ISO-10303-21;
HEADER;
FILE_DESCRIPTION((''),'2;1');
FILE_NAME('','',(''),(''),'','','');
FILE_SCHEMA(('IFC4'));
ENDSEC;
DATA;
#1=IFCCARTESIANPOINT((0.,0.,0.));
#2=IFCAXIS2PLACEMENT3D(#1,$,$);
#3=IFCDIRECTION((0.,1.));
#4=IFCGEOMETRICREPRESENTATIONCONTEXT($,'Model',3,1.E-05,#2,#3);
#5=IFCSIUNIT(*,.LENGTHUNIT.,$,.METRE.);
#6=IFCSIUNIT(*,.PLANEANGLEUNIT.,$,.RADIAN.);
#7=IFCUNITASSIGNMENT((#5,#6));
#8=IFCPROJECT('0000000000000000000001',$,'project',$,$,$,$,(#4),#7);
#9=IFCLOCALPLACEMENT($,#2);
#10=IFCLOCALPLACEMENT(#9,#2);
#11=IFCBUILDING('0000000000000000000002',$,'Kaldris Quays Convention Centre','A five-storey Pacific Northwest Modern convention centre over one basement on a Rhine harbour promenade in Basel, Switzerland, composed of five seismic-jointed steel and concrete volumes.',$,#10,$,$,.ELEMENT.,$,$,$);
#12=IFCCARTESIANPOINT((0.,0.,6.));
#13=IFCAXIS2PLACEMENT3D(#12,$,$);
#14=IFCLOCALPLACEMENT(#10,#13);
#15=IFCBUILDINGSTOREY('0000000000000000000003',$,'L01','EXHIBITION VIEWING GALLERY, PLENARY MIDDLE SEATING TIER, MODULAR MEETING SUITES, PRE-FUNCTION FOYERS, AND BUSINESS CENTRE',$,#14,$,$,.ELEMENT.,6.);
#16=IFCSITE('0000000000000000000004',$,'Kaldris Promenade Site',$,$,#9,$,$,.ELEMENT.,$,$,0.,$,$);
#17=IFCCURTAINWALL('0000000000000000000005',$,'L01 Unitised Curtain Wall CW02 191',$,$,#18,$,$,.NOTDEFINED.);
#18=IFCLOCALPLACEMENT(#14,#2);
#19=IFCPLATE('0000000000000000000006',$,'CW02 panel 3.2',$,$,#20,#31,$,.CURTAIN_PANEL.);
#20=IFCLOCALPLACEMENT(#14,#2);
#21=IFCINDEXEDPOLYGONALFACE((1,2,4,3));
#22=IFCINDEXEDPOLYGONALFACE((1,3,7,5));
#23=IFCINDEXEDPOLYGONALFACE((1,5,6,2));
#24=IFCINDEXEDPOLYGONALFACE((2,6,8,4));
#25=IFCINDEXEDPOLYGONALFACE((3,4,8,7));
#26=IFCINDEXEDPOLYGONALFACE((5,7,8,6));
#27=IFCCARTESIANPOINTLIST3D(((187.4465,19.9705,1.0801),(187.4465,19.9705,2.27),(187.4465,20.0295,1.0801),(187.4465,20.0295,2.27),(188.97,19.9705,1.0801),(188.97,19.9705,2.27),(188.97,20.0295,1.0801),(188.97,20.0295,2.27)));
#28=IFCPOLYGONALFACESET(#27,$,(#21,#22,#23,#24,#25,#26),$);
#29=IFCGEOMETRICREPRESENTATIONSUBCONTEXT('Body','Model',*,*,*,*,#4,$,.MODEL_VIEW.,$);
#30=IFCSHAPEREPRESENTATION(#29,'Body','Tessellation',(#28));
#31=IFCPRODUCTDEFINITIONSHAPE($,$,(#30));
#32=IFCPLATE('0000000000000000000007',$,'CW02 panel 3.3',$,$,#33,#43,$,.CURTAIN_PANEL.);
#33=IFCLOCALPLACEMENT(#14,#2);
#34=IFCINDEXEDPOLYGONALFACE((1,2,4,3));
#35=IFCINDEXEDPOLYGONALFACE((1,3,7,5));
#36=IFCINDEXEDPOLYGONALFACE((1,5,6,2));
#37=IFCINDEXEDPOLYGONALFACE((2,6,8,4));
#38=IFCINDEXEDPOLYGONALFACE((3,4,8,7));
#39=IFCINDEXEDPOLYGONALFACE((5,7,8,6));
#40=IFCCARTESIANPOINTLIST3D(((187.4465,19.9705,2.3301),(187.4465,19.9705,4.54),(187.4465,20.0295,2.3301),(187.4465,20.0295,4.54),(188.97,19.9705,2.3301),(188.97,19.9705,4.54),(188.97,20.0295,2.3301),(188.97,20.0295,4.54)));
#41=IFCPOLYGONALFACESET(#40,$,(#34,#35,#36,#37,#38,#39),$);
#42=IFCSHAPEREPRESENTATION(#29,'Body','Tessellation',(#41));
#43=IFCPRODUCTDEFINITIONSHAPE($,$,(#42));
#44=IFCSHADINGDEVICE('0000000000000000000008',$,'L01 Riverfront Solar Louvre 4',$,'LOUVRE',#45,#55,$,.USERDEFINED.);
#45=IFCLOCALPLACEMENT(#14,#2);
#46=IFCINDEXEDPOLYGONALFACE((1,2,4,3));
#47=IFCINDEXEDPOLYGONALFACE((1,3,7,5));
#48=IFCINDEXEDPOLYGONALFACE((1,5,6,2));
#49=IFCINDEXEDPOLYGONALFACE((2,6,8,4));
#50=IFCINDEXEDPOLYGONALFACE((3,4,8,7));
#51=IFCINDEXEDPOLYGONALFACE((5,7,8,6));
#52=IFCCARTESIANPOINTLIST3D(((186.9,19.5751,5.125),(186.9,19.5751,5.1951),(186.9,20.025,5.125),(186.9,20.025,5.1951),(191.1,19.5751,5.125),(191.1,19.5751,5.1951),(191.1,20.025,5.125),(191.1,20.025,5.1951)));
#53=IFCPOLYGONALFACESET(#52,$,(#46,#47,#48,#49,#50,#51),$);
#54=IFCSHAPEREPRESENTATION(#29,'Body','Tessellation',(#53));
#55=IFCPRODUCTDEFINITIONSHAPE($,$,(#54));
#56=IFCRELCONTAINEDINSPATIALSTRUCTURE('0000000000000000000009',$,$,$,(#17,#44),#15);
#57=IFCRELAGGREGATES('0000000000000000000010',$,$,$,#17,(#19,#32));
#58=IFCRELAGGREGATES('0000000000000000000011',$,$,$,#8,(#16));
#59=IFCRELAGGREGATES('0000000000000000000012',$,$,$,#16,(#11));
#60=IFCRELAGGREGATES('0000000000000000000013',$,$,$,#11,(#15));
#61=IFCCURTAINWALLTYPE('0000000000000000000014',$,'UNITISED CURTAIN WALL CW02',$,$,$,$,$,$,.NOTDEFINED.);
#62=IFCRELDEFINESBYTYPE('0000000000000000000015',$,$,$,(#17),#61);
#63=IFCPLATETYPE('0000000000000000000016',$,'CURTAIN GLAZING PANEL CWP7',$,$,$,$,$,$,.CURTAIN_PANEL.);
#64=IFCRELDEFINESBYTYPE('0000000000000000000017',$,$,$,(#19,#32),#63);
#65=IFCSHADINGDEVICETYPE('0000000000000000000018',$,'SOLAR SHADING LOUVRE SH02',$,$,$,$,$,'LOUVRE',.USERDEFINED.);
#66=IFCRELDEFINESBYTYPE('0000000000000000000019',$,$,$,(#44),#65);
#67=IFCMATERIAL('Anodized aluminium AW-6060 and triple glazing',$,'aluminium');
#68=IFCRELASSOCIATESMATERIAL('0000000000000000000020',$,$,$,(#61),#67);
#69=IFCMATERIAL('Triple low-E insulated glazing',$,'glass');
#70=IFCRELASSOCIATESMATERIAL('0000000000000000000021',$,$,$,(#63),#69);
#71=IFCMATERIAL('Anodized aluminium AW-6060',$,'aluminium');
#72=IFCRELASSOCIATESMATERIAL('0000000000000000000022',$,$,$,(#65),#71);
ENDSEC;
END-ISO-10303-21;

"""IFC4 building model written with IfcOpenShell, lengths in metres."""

from ifc_helpers import new_model, si_unit, direction, frame, origin, origin_2d, place, context, subcontext, project, spatial, rectangle, extrude, material, type_object, element, aggregate, save


model = new_model("IFC4")

# Units and contexts
model_context = context("Model", 3, precision=1e-05, world=origin(), true_north=direction((0.0, 1.0)))
body_context = subcontext(model_context, "Body", "Model", "MODEL_VIEW")
ifc_project = project(units=[si_unit("LENGTHUNIT", "METRE"), si_unit("PLANEANGLEUNIT", "RADIAN")], contexts=[model_context])

# Site, building, storey
site_placement = place(None, origin())
site = spatial("IfcSite", under=ifc_project, at=site_placement, Name="Kaldris Promenade Site", CompositionType="ELEMENT", RefElevation=0.0)
building_placement = place(site_placement, origin())
building = spatial("IfcBuilding", under=site, at=building_placement, Name="Kaldris Quays Convention Centre", Description="A five-storey Pacific Northwest Modern convention centre over one basement on a Rhine harbour promenade in Basel, Switzerland, composed of five seismic-jointed steel and concrete volumes.", CompositionType="ELEMENT")
storey_placement = place(building_placement, frame((0.0, 0.0, 6.0)))
storey = spatial("IfcBuildingStorey", under=building, at=storey_placement, Name="L01", Description="EXHIBITION VIEWING GALLERY, PLENARY MIDDLE SEATING TIER, MODULAR MEETING SUITES, PRE-FUNCTION FOYERS, AND BUSINESS CENTRE", CompositionType="ELEMENT", Elevation=6.0)

# Curtain wall
ifc_material_1 = material(Name="Anodized aluminium AW-6060 and triple glazing", Category="aluminium")
curtain_wall_type = type_object("IfcCurtainWallType", Name="UNITISED CURTAIN WALL CW02", PredefinedType="NOTDEFINED", material=ifc_material_1)
curtain_wall_placement = place(storey_placement, origin())
curtain_wall = element("IfcCurtainWall", 1, at=curtain_wall_placement, inside=storey, type_object=curtain_wall_type, Name="L01 Unitised Curtain Wall CW02 191", PredefinedType="NOTDEFINED")
ifc_material_2 = material(Name="Anodized aluminium AW-6060", Category="aluminium")

# Plates
ifc_material_3 = material(Name="Triple low-E insulated glazing", Category="glass")
plate_type = type_object("IfcPlateType", Name="CURTAIN GLAZING PANEL CWP7", PredefinedType="CURTAIN_PANEL", material=ifc_material_3)
plate_1_placement = place(storey_placement, frame((188.2083, 20.0, 1.0801), z_axis=(0.0, 0.0, 1.0), x_axis=(1.0, 0.0, 0.0)))
plate_1 = element("IfcPlate", 2, at=plate_1_placement, type_object=plate_type, Name="CW02 panel 3.2", PredefinedType="CURTAIN_PANEL", context=body_context, shape_type="SweptSolid", body=[
    extrude(rectangle(XDim=1.5234, YDim=0.0591, at=origin_2d()), origin(), (0.0, 0.0, 1.0), 1.1899),
])
plate_2_placement = place(storey_placement, frame((188.2083, 20.0, 2.3301), z_axis=(0.0, 0.0, 1.0), x_axis=(1.0, 0.0, 0.0)))
plate_2 = element("IfcPlate", 3, at=plate_2_placement, type_object=plate_type, Name="CW02 panel 3.3", PredefinedType="CURTAIN_PANEL", context=body_context, shape_type="SweptSolid", body=[
    extrude(rectangle(XDim=1.5234, YDim=0.0591, at=origin_2d()), origin(), (0.0, 0.0, 1.0), 2.21),
])
aggregate(curtain_wall, [plate_1, plate_2])

# Shading device
shading_device_type = type_object("IfcShadingDeviceType", Name="SOLAR SHADING LOUVRE SH02", ElementType="LOUVRE", PredefinedType="USERDEFINED", material=ifc_material_2)
shading_device_placement = place(storey_placement, frame((189.0, 19.8, 5.125), z_axis=(0.0, 0.0, 1.0), x_axis=(1.0, 0.0, 0.0)))
element("IfcShadingDevice", 4, at=shading_device_placement, inside=storey, type_object=shading_device_type, Name="L01 Riverfront Solar Louvre 4", ObjectType="LOUVRE", PredefinedType="USERDEFINED", context=body_context, shape_type="SweptSolid", body=[
    extrude(rectangle(XDim=4.2, YDim=0.45, at=origin_2d()), origin(), (0.0, 0.0, 1.0), 0.0701),
])

save(model, "model.ifc")
